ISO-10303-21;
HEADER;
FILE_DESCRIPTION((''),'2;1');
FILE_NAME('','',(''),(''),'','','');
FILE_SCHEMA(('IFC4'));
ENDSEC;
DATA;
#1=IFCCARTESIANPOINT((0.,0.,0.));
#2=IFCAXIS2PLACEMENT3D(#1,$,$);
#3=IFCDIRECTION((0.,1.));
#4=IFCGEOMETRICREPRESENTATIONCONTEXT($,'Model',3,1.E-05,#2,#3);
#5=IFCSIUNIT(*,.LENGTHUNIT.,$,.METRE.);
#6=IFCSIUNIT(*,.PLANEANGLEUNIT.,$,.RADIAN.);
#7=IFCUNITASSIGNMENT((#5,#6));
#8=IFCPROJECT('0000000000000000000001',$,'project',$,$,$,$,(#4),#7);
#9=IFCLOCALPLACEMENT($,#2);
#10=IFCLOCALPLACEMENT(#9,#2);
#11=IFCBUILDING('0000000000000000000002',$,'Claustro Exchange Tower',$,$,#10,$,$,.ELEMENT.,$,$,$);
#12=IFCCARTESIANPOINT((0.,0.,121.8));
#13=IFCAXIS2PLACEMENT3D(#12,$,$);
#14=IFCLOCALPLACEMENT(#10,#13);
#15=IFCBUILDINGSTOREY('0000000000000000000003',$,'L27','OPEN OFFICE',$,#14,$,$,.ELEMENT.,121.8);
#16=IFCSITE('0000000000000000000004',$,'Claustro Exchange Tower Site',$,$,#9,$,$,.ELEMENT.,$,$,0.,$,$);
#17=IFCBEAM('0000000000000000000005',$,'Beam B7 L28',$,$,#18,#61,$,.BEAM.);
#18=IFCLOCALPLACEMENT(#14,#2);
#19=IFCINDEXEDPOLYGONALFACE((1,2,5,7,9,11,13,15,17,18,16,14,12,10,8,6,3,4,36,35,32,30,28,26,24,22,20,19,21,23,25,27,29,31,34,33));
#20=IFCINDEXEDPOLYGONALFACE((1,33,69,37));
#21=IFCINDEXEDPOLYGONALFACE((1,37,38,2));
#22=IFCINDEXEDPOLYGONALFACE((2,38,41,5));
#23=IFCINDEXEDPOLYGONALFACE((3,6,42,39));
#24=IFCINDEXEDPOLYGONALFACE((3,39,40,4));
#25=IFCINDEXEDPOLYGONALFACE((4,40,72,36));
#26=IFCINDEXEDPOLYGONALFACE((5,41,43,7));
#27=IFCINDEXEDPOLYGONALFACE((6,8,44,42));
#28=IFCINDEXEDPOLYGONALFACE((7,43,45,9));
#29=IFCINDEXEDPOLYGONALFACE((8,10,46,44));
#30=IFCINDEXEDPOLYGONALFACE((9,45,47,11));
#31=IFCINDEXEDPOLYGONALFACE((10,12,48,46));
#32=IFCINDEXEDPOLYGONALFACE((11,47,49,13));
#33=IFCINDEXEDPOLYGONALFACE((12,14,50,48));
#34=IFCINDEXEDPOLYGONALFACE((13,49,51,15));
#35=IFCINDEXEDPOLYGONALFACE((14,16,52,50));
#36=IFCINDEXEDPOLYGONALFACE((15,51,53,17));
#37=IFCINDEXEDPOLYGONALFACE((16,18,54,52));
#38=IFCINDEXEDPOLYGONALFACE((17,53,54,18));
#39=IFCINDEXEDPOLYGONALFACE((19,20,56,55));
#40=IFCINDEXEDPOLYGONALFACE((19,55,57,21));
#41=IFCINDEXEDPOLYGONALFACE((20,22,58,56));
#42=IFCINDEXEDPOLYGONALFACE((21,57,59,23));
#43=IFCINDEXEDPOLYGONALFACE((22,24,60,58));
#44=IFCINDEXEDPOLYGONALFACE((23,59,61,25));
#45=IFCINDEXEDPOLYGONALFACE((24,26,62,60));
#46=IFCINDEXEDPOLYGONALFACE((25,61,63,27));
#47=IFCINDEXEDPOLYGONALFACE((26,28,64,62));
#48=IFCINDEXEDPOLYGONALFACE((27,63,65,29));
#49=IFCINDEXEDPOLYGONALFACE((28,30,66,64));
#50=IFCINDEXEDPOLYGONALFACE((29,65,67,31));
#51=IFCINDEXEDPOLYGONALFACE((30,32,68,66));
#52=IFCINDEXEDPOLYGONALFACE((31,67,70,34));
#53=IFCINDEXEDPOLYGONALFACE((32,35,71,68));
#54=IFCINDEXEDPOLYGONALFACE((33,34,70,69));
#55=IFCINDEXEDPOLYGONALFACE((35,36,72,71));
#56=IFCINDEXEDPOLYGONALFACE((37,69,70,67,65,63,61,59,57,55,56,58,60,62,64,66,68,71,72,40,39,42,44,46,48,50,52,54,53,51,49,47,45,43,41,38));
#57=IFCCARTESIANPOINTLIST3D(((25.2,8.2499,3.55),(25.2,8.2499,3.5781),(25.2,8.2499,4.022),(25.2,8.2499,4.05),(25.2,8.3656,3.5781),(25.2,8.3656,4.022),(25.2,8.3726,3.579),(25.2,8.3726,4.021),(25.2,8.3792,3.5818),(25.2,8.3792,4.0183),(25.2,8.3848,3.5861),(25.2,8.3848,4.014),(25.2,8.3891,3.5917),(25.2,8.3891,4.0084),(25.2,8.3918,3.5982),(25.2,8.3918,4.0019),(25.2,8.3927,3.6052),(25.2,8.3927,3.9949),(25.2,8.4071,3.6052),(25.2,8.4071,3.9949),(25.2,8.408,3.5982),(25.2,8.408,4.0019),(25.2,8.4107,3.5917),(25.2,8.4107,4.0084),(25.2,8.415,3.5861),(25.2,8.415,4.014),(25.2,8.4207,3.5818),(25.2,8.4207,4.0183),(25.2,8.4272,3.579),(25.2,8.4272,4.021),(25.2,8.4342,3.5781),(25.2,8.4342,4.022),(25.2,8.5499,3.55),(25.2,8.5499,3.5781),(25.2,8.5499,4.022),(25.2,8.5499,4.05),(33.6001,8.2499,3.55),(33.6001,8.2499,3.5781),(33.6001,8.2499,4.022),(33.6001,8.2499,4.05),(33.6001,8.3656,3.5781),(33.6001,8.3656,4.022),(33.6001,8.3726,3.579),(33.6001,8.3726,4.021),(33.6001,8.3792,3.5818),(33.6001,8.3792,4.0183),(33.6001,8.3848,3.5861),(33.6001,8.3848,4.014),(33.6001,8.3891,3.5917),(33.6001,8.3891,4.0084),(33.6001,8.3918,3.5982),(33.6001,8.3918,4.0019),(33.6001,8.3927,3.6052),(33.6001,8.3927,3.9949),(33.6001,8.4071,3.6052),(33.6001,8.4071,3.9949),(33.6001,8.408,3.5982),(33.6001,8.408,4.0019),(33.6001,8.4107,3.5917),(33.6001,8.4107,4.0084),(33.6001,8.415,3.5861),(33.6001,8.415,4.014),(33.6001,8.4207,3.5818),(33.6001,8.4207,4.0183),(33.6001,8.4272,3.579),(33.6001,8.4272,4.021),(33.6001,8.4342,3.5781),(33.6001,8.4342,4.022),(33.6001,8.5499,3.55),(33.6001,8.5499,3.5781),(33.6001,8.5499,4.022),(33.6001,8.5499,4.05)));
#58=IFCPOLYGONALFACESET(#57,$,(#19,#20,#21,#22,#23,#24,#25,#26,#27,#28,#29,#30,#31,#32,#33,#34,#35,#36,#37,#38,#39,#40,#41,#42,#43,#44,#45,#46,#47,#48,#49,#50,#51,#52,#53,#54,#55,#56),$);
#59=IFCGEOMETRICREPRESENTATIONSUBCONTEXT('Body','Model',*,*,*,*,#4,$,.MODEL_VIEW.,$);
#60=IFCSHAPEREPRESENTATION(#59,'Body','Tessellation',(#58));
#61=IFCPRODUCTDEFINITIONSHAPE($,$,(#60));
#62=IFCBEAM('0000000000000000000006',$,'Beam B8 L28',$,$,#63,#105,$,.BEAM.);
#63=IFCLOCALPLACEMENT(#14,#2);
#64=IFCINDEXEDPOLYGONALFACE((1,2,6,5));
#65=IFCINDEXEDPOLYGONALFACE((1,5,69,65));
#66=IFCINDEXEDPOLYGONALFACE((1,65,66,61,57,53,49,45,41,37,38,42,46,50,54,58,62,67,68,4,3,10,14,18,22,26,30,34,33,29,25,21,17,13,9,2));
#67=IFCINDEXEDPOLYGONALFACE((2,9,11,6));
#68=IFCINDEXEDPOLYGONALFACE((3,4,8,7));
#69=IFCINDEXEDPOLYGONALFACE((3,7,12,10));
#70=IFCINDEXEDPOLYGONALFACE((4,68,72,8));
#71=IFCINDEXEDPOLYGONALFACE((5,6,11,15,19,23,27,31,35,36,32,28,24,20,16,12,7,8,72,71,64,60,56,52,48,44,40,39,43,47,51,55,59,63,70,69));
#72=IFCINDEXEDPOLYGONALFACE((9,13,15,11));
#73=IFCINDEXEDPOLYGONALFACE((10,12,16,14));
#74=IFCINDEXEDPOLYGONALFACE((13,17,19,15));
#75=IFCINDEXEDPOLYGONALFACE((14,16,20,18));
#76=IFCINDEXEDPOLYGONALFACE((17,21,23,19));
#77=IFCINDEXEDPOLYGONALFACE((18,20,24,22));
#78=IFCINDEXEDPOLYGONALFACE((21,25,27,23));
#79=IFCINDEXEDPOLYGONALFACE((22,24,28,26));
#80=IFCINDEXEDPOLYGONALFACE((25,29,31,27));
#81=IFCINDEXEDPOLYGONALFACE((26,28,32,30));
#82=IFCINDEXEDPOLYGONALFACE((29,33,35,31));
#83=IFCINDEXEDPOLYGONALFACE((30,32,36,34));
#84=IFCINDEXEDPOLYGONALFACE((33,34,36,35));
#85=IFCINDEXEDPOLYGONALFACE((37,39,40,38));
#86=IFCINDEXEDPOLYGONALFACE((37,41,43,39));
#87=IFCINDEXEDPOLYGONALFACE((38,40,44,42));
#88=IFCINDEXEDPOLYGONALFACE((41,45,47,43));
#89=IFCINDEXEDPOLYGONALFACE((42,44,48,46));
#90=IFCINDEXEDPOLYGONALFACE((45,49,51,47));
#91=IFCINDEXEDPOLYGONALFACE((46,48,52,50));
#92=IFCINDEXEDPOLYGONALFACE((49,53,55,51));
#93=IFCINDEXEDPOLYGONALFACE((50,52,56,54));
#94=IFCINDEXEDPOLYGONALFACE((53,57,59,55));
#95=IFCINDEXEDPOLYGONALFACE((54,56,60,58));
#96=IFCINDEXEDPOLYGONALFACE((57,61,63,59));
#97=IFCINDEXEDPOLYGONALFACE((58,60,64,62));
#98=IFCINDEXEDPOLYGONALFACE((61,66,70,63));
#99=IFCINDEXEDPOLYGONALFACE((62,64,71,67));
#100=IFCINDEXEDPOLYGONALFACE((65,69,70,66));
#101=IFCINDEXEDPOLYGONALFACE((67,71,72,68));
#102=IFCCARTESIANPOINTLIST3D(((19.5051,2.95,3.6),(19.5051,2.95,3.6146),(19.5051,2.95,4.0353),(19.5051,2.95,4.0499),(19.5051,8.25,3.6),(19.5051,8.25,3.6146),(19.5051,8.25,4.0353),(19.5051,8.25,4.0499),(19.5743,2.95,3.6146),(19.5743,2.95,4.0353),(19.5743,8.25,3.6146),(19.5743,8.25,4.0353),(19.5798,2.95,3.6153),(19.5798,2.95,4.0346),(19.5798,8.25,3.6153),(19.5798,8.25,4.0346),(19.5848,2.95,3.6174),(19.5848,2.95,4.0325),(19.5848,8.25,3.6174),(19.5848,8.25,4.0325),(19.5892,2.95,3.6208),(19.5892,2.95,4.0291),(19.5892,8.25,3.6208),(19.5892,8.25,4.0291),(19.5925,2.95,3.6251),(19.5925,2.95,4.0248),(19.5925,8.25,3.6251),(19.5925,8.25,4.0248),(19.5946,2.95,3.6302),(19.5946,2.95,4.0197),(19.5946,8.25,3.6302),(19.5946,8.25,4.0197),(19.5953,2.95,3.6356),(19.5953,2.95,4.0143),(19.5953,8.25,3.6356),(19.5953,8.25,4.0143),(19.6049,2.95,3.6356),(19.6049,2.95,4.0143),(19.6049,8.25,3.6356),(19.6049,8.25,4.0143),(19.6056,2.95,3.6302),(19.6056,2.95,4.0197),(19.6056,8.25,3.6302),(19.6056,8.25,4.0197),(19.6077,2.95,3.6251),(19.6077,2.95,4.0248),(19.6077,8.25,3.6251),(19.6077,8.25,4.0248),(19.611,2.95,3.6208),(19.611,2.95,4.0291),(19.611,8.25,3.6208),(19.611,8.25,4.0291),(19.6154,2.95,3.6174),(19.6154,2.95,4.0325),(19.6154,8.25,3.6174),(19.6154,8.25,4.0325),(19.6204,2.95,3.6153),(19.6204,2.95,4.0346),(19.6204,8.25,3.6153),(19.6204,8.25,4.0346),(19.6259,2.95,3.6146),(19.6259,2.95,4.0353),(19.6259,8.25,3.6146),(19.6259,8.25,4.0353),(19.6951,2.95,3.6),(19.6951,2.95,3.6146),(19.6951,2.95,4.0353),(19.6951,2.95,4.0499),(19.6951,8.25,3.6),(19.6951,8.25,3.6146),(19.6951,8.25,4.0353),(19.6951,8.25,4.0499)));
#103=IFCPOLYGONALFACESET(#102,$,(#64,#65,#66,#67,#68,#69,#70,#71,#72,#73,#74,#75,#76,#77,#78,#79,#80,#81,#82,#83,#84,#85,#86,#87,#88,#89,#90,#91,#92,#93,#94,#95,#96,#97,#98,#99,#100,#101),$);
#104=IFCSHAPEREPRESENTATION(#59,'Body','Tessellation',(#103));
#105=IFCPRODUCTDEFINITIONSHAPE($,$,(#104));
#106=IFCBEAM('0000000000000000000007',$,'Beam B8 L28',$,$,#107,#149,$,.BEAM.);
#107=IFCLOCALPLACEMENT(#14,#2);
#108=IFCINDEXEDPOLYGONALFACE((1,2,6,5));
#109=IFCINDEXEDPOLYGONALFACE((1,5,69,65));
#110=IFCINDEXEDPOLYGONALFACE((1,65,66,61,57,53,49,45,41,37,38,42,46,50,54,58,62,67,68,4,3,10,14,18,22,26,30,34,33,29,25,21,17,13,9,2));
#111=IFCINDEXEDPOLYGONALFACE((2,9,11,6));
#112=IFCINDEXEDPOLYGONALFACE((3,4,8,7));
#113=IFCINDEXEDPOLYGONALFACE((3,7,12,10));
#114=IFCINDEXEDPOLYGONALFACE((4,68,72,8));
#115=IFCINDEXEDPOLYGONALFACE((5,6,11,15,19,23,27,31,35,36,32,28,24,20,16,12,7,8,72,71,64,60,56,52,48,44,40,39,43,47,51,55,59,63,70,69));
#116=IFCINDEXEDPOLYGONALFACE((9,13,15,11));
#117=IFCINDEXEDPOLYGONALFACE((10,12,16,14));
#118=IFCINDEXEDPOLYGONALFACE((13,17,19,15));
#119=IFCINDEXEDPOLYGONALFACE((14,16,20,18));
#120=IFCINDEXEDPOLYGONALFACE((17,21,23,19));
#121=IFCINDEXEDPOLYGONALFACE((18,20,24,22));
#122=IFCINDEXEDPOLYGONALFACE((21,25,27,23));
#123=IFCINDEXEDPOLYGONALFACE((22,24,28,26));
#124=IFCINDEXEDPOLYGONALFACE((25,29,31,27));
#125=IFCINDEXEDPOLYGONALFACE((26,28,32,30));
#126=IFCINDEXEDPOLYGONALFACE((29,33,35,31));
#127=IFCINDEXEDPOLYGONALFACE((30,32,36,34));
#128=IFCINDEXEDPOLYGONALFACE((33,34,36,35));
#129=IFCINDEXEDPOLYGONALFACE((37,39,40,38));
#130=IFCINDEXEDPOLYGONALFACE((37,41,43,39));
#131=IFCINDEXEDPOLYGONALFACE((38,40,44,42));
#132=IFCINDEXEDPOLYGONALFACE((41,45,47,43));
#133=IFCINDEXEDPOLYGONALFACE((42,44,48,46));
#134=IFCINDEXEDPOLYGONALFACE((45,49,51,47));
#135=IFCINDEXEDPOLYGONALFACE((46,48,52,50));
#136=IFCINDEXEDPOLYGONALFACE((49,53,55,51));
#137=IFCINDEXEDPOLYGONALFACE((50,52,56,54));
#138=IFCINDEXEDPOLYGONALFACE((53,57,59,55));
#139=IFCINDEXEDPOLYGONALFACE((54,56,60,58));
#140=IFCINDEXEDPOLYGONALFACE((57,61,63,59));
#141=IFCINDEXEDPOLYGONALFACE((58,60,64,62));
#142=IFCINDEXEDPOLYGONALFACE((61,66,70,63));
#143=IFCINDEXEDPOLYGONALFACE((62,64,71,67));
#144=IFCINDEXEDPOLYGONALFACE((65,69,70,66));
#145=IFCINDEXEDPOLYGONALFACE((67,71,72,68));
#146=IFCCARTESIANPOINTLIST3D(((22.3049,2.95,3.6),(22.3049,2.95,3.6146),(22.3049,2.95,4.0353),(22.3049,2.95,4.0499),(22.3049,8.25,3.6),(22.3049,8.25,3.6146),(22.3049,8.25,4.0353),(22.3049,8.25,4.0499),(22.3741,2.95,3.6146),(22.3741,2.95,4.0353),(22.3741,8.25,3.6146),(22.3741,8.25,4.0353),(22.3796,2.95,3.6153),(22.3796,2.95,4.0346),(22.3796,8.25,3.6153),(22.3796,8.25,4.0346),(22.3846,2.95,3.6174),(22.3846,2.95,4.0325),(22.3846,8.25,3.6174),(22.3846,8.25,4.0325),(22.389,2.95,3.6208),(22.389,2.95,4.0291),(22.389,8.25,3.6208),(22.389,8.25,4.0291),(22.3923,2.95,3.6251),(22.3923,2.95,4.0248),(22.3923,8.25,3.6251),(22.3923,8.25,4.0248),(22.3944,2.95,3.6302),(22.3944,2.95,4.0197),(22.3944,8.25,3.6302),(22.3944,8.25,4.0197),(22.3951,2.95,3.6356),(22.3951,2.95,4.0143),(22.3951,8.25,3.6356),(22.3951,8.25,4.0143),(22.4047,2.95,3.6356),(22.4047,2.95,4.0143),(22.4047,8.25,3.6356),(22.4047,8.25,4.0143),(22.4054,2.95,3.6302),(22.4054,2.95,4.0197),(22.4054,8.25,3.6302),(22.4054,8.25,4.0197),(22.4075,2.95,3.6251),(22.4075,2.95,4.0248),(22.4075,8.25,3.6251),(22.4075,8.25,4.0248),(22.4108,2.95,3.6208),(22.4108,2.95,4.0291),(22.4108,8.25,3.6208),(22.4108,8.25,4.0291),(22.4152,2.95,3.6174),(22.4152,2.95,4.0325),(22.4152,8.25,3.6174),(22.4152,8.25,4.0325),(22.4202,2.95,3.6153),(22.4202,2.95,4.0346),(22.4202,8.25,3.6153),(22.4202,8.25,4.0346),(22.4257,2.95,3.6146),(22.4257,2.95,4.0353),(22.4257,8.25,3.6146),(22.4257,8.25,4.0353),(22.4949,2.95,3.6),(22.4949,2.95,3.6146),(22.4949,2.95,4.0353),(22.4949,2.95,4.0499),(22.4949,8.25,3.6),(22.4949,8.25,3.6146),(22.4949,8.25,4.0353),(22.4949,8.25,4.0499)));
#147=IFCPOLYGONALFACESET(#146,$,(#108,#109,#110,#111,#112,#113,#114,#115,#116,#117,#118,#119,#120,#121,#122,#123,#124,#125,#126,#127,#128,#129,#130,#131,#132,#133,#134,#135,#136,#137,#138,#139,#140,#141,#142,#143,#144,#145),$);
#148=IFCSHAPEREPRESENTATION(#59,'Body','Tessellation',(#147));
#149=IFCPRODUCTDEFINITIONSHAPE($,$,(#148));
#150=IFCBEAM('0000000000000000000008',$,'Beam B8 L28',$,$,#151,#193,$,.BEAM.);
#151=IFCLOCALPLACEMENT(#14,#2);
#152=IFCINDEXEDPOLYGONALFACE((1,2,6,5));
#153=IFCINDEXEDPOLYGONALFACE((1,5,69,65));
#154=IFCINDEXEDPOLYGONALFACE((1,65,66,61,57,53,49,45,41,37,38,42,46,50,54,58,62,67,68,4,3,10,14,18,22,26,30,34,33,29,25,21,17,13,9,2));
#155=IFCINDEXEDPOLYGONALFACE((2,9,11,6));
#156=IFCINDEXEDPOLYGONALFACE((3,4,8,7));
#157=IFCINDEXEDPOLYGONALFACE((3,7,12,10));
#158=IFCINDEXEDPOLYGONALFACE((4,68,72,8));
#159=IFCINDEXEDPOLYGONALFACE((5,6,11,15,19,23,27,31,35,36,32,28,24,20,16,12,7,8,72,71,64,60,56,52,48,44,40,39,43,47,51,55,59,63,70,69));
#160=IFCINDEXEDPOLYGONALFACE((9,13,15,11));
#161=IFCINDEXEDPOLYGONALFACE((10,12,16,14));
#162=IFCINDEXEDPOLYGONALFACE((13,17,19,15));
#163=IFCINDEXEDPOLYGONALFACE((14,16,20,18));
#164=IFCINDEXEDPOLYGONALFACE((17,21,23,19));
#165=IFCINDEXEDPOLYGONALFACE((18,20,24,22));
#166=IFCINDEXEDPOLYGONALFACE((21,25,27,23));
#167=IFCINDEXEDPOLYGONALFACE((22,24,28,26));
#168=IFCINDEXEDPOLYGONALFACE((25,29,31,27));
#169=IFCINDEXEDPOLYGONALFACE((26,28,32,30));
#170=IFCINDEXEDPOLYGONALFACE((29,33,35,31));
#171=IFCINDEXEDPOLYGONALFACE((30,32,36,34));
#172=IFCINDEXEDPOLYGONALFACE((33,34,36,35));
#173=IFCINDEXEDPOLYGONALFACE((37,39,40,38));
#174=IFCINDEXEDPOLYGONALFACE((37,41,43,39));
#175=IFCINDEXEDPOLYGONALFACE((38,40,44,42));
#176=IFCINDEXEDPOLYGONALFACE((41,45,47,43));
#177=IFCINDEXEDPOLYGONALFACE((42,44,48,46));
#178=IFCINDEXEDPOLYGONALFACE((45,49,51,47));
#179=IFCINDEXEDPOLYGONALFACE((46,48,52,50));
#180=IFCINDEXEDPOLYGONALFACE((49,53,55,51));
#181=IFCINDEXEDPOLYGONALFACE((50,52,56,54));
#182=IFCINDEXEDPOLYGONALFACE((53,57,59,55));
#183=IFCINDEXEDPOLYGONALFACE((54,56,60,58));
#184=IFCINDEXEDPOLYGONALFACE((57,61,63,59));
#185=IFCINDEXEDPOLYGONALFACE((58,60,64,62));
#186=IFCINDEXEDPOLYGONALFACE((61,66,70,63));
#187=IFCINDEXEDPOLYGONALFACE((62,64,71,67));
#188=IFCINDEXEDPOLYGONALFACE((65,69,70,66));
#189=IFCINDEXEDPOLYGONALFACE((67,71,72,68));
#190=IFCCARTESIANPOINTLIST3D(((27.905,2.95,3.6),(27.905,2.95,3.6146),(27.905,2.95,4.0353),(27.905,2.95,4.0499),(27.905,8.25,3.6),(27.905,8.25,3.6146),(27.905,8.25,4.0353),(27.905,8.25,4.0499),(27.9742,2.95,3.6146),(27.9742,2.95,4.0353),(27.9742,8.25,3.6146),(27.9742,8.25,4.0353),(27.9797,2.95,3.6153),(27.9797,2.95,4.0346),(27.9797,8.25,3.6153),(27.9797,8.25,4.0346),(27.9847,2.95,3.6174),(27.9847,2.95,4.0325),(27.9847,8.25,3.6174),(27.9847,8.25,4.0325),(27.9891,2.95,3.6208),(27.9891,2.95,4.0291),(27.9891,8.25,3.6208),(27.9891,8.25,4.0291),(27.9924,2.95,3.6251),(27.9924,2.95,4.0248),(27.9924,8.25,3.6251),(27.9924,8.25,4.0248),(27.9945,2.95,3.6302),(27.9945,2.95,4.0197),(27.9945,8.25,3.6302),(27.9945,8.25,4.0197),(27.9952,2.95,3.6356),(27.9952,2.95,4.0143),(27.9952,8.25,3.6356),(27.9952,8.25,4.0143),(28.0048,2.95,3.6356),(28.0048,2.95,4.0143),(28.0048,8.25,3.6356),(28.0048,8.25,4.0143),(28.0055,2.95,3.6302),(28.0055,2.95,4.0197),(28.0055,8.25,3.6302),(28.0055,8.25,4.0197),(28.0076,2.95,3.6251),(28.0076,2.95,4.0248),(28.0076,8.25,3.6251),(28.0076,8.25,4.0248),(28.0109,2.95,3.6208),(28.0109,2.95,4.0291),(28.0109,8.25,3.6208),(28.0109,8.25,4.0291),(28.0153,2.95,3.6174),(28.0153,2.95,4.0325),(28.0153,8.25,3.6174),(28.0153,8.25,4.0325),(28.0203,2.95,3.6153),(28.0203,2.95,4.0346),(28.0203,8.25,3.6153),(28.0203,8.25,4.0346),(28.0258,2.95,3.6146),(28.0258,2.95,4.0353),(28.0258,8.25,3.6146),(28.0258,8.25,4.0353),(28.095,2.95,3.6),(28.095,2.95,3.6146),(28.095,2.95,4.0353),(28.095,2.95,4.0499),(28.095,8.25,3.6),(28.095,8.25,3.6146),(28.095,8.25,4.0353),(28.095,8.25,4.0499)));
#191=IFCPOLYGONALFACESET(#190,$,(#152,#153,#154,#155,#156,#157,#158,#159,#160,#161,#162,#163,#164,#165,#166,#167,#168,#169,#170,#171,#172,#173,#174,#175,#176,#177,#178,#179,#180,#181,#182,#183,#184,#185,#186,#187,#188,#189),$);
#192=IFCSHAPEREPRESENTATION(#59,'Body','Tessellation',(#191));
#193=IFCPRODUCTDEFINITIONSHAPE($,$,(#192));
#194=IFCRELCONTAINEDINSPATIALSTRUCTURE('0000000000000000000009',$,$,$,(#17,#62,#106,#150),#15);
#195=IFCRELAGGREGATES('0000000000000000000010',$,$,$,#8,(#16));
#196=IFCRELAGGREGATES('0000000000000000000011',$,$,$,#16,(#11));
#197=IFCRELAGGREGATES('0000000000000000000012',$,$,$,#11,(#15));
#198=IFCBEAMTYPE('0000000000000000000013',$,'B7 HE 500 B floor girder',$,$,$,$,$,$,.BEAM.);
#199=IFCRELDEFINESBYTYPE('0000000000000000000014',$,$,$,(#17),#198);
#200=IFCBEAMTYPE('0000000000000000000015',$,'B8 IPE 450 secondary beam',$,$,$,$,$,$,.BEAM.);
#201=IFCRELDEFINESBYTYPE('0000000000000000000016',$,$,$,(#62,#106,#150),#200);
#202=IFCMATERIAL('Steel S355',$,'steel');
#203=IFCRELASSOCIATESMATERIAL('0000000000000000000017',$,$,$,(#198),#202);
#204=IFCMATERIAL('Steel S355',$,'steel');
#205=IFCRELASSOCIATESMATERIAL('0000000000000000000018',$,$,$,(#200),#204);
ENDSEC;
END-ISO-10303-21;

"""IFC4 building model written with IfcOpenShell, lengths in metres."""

from ifc_helpers import new_model, si_unit, direction, frame, origin, origin_2d, place, context, subcontext, project, spatial, i_section, extrude, material, material_profile, profile_set, type_object, element, save


model = new_model("IFC4")

# Units and contexts
model_context = context("Model", 3, precision=1e-05, world=origin(), true_north=direction((0.0, 1.0)))
body_context = subcontext(model_context, "Body", "Model", "MODEL_VIEW")
ifc_project = project(units=[si_unit("LENGTHUNIT", "METRE"), si_unit("PLANEANGLEUNIT", "RADIAN")], contexts=[model_context])

# Site, building, storey
site_placement = place(None, origin())
site = spatial("IfcSite", under=ifc_project, at=site_placement, Name="Claustro Exchange Tower Site", CompositionType="ELEMENT", RefElevation=0.0)
building_placement = place(site_placement, origin())
building = spatial("IfcBuilding", under=site, at=building_placement, Name="Claustro Exchange Tower", CompositionType="ELEMENT")
storey_placement = place(building_placement, frame((0.0, 0.0, 121.8)))
storey = spatial("IfcBuildingStorey", under=building, at=storey_placement, Name="L27", Description="OPEN OFFICE", CompositionType="ELEMENT", Elevation=121.8)

# Beams
ifc_material_1 = material(Name="Steel S355", Category="steel")
ifc_material_profile_1 = material_profile(ifc_material_1, i_section(OverallWidth=0.3, OverallDepth=0.5, WebThickness=0.0144, FlangeThickness=0.0281, FilletRadius=0.0271, at=origin_2d()), Name="HE 500 B")
ifc_profile_set_1 = profile_set([ifc_material_profile_1], Name="Steel S355")
beam_type_1 = type_object("IfcBeamType", Name="B7 HE 500 B floor girder", PredefinedType="BEAM", material=ifc_profile_set_1)
beam_1_placement = place(storey_placement, frame((25.2, 8.3999, 3.8), z_axis=(1.0, 0.0, 0.0), x_axis=(0.0, 1.0, 0.0)))
element("IfcBeam", 1, at=beam_1_placement, inside=storey, type_object=beam_type_1, Name="Beam B7 L28", PredefinedType="BEAM", context=body_context, shape_type="SweptSolid", body=[
    extrude(i_section(OverallWidth=0.3, OverallDepth=0.5, WebThickness=0.0144, FlangeThickness=0.0281, FilletRadius=0.0271, at=origin_2d()), origin(), (0.0, 0.0, 1.0), 8.4001),
])
ifc_material_2 = material(Name="Steel S355", Category="steel")
ifc_material_profile_2 = material_profile(ifc_material_2, i_section(OverallWidth=0.1899, OverallDepth=0.45, WebThickness=0.0095, FlangeThickness=0.0146, FilletRadius=0.021, at=origin_2d()), Name="IPE 450")
ifc_profile_set_2 = profile_set([ifc_material_profile_2], Name="Steel S355")
beam_type_2 = type_object("IfcBeamType", Name="B8 IPE 450 secondary beam", PredefinedType="BEAM", material=ifc_profile_set_2)
for number, where, z_axis, x_axis, name in (
    (2, (19.6001, 2.95, 3.825), (0.0, 1.0, 0.0), (-1.0, 0.0, 0.0), "Beam B8 L28"),
    (3, (22.3999, 2.95, 3.825), (0.0, 1.0, 0.0), (-1.0, 0.0, 0.0), "Beam B8 L28"),
    (4, (28.0, 2.95, 3.825), (0.0, 1.0, 0.0), (-1.0, 0.0, 0.0), "Beam B8 L28"),
):
    element("IfcBeam", number, at=place(storey_placement, frame(where, z_axis=z_axis, x_axis=x_axis)), inside=storey, type_object=beam_type_2, Name=name, PredefinedType="BEAM", context=body_context, shape_type="SweptSolid", body=[
        extrude(i_section(OverallWidth=0.1899, OverallDepth=0.45, WebThickness=0.0095, FlangeThickness=0.0146, FilletRadius=0.021, at=origin_2d()), origin(), (0.0, 0.0, 1.0), 5.3),
    ])

save(model, "model.ifc")
